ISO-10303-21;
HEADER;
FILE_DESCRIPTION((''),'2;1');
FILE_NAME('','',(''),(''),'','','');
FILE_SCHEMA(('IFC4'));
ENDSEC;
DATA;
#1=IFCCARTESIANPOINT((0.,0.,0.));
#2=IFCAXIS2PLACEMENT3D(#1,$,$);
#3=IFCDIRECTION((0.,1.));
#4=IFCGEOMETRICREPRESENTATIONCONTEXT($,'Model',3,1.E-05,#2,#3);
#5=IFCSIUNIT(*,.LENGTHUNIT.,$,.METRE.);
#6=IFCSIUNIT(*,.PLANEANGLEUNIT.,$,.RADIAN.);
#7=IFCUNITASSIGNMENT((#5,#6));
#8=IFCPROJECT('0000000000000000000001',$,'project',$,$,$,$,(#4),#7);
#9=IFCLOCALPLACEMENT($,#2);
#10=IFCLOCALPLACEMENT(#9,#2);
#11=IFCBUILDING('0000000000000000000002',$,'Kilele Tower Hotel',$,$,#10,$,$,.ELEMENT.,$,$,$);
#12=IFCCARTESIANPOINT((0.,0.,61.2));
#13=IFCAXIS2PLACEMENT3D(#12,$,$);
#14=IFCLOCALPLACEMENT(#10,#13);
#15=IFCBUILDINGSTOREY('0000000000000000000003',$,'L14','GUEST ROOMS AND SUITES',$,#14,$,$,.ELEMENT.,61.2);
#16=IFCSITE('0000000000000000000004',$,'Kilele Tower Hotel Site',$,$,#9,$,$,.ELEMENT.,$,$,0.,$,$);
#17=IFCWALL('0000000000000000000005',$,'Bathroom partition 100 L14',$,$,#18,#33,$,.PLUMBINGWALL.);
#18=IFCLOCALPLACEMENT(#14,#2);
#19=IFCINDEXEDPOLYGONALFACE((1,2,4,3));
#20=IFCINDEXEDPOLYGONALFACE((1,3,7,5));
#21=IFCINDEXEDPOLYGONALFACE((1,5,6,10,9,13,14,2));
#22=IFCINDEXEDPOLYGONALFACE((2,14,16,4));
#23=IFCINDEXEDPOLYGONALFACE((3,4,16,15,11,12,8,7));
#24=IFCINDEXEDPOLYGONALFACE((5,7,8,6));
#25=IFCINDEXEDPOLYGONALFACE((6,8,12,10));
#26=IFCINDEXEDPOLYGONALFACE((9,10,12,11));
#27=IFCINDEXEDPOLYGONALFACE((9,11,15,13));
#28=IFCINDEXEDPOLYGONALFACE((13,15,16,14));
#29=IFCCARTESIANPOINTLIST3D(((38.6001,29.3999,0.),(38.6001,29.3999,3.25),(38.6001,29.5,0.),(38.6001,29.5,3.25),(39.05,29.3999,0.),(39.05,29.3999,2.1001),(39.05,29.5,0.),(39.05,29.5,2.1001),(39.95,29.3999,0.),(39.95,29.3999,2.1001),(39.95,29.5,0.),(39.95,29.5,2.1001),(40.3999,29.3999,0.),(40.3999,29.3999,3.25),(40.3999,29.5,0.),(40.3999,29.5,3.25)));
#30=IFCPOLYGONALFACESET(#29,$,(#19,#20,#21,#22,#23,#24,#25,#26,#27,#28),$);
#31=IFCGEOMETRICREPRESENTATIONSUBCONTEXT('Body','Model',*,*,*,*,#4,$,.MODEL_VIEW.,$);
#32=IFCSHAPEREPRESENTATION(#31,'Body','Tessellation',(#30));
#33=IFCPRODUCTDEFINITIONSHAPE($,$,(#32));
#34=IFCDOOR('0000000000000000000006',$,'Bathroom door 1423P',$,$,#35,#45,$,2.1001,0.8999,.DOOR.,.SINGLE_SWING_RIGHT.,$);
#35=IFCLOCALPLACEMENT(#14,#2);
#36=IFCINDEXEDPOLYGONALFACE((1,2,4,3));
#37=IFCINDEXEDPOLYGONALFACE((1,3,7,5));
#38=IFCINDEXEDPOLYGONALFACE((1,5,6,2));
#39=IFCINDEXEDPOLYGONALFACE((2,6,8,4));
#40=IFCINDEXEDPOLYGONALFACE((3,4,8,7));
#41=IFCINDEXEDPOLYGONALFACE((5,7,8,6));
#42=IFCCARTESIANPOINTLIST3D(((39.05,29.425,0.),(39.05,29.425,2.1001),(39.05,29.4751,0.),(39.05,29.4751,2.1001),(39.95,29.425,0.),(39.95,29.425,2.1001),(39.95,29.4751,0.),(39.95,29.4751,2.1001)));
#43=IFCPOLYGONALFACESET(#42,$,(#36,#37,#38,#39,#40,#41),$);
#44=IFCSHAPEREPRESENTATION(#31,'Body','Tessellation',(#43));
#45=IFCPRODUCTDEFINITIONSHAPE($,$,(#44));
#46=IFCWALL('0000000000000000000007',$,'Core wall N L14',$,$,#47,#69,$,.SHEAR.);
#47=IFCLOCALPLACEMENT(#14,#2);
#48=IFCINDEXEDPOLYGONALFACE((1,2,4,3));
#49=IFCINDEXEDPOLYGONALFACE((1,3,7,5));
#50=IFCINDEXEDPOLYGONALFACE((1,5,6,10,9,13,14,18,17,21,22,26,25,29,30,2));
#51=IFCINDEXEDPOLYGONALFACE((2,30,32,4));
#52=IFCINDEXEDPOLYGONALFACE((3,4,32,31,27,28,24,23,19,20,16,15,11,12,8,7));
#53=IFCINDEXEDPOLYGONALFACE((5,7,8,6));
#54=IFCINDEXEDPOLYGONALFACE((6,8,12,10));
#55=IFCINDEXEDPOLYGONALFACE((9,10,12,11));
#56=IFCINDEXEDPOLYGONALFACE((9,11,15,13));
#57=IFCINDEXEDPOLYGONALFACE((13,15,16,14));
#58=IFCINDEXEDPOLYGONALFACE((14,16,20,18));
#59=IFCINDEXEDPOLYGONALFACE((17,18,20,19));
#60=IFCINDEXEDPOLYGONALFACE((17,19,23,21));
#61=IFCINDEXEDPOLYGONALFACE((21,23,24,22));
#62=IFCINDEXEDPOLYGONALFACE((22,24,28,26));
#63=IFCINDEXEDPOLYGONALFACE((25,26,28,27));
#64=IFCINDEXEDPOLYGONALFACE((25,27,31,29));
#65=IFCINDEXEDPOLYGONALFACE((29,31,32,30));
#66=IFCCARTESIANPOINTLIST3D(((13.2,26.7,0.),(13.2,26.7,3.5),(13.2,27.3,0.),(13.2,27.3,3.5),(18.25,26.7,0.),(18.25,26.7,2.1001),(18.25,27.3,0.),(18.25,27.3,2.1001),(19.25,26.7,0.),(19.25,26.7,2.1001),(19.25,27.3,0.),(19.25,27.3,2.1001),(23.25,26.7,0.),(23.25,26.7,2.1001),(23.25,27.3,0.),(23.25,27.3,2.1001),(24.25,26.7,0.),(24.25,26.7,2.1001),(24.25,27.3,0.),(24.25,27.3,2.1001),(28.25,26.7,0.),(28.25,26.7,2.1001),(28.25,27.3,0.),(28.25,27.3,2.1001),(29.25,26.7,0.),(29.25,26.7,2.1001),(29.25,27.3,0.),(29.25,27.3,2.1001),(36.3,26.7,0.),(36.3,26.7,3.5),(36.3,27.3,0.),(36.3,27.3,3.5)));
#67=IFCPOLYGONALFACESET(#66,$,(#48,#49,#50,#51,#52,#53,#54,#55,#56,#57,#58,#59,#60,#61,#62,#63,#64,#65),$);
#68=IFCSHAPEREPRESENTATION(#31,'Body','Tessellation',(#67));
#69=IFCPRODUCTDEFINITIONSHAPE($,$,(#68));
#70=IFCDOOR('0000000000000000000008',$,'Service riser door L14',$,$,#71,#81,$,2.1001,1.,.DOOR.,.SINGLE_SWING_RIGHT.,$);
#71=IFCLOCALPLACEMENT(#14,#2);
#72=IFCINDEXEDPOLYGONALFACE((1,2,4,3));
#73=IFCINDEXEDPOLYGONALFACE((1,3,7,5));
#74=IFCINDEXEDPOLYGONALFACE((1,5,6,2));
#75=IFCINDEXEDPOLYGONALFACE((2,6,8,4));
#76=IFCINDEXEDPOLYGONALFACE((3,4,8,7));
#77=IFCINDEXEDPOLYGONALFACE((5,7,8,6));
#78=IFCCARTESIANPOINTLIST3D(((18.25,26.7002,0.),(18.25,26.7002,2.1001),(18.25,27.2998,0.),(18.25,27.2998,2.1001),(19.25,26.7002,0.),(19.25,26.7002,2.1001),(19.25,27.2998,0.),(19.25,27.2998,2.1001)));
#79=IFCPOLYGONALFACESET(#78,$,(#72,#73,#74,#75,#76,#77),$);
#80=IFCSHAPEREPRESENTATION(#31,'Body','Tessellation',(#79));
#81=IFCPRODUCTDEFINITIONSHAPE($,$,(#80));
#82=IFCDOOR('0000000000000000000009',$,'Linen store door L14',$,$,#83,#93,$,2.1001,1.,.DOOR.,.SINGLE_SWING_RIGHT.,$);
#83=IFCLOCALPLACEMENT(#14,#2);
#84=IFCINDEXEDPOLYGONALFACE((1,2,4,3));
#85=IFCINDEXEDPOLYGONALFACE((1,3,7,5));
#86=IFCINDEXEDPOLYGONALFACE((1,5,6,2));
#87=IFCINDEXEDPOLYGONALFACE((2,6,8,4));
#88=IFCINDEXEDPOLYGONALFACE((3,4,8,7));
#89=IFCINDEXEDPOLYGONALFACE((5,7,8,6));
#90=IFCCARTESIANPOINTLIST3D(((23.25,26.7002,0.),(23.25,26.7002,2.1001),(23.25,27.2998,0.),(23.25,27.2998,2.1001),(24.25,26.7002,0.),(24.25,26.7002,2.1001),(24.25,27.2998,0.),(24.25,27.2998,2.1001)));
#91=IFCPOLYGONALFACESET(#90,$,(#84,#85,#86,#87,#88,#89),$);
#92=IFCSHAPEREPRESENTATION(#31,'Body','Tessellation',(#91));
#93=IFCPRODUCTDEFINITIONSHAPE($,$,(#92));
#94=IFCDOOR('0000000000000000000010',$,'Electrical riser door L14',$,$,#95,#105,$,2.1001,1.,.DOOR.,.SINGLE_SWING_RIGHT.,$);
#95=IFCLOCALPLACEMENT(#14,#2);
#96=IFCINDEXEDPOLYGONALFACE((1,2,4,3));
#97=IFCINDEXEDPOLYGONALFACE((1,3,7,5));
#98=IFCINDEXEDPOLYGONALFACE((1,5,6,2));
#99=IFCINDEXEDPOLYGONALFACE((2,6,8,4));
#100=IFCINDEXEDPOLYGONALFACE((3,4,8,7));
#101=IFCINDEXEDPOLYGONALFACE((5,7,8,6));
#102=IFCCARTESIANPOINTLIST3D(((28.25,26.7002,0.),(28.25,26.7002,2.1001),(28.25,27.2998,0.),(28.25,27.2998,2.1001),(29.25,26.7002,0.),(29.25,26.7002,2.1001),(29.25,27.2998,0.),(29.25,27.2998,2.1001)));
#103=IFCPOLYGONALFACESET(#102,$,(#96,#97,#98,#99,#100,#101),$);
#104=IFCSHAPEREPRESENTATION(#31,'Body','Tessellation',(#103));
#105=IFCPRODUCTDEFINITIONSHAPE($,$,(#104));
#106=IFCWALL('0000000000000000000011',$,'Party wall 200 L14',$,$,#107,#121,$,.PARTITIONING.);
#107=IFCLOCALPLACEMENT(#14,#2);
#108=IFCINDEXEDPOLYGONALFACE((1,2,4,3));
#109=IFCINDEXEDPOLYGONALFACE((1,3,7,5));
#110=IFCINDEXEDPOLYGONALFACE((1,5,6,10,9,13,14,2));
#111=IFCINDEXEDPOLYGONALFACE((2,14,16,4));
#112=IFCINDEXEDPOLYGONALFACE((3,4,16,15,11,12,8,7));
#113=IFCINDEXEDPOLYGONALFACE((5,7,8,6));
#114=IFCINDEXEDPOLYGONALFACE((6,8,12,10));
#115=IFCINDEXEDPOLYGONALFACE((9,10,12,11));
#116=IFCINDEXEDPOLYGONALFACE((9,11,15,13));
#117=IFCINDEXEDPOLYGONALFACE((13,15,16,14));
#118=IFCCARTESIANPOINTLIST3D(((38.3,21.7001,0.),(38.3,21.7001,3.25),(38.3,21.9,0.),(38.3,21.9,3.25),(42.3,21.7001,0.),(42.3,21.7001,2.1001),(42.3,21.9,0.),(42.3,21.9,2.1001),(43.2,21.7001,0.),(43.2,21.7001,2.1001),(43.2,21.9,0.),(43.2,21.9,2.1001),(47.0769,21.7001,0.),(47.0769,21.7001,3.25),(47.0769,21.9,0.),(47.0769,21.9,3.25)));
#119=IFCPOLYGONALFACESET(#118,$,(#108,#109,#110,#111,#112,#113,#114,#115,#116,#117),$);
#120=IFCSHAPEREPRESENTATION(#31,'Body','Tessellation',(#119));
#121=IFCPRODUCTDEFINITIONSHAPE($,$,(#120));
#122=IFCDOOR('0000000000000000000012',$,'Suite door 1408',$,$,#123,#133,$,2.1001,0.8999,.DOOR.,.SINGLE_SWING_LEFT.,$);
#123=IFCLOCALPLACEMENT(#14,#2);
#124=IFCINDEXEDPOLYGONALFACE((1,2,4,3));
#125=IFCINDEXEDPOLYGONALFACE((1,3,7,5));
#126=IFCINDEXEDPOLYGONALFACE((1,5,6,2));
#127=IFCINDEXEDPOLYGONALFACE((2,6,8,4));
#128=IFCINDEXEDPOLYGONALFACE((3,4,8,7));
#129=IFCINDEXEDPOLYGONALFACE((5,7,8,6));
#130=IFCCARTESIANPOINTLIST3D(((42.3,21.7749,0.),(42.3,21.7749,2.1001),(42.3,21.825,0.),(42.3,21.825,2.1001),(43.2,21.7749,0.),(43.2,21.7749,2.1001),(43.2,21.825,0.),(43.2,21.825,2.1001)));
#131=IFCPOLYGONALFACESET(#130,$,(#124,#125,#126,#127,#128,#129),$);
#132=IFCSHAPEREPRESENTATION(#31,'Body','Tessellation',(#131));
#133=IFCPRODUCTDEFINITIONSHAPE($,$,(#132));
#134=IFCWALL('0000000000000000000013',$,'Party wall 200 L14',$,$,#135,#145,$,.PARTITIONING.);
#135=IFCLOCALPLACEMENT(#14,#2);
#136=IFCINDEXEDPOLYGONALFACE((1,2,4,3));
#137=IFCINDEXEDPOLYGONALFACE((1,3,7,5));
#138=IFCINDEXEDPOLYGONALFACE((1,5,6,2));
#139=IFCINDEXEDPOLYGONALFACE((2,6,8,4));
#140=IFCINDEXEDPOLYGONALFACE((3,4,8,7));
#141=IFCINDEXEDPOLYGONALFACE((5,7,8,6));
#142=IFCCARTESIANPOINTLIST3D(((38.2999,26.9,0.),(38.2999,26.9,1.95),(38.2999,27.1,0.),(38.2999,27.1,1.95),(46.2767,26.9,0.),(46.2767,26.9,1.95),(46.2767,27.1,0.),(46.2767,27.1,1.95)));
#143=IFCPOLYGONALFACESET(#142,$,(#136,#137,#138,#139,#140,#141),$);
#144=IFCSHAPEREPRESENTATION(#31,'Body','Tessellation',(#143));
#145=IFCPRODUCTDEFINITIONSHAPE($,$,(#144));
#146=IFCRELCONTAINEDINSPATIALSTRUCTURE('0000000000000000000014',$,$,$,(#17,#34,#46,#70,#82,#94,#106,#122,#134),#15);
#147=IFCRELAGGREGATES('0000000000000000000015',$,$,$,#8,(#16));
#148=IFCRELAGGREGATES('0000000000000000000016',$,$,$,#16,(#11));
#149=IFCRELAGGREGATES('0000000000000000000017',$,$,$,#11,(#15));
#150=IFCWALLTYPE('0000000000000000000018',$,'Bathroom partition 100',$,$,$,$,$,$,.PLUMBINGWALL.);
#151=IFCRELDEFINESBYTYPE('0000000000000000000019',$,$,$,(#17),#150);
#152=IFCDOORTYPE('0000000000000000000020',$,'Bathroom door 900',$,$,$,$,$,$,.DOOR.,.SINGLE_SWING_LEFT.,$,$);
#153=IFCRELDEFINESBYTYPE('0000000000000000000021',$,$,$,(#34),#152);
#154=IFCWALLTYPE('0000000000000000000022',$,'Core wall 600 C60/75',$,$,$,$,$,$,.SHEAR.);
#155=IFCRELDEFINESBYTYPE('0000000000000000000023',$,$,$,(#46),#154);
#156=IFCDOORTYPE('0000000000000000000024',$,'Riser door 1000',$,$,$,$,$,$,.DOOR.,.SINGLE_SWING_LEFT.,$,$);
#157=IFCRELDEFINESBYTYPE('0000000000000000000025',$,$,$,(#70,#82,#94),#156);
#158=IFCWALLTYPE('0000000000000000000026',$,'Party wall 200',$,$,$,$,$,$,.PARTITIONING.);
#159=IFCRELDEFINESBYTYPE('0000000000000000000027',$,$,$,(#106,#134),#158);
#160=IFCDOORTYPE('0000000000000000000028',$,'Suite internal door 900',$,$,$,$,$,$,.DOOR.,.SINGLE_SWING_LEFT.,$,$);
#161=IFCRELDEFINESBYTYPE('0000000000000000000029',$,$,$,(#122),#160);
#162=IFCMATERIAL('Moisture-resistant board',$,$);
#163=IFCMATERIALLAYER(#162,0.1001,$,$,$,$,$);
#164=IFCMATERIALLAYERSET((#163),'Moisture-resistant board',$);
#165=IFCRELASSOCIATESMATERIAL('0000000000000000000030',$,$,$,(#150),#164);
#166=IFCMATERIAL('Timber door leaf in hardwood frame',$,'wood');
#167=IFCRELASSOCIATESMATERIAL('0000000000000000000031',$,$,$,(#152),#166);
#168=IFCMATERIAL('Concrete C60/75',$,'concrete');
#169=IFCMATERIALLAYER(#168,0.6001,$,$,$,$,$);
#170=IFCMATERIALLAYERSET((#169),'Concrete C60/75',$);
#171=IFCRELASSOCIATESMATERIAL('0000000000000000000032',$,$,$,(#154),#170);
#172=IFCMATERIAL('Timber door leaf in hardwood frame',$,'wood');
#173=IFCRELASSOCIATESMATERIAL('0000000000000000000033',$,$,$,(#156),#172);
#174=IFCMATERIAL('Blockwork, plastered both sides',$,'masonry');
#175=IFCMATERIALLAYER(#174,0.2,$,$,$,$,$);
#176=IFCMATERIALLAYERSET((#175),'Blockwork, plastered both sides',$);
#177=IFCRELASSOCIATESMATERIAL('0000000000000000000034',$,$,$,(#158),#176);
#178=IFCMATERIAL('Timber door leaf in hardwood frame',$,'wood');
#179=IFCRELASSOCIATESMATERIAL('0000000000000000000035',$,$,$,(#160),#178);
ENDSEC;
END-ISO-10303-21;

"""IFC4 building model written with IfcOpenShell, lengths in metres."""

from ifc_helpers import new_model, si_unit, direction, frame, frame_2d, origin, place, context, subcontext, project, spatial, rectangle, extrude, material, layer, layer_set, type_object, element, fill, save


model = new_model("IFC4")

# Units and contexts
model_context = context("Model", 3, precision=1e-05, world=origin(), true_north=direction((0.0, 1.0)))
body_context = subcontext(model_context, "Body", "Model", "MODEL_VIEW")
ifc_project = project(units=[si_unit("LENGTHUNIT", "METRE"), si_unit("PLANEANGLEUNIT", "RADIAN")], contexts=[model_context])

# Site, building, storey
site_placement = place(None, origin())
site = spatial("IfcSite", under=ifc_project, at=site_placement, Name="Kilele Tower Hotel Site", CompositionType="ELEMENT", RefElevation=0.0)
building_placement = place(site_placement, origin())
building = spatial("IfcBuilding", under=site, at=building_placement, Name="Kilele Tower Hotel", CompositionType="ELEMENT")
storey_placement = place(building_placement, frame((0.0, 0.0, 61.2)))
storey = spatial("IfcBuildingStorey", under=building, at=storey_placement, Name="L14", Description="GUEST ROOMS AND SUITES", CompositionType="ELEMENT", Elevation=61.2)

# Shared definitions
ifc_material_1 = material(Name="Moisture-resistant board")
ifc_layer_1 = layer(ifc_material_1, 0.1001)
ifc_layer_set_1 = layer_set([ifc_layer_1], Name="Moisture-resistant board")
wall_type_1 = type_object("IfcWallType", Name="Bathroom partition 100", PredefinedType="PLUMBINGWALL", material=ifc_layer_set_1)

# Shared definitions
ifc_material_2 = material(Name="Timber door leaf in hardwood frame", Category="wood")
door_type_1 = type_object("IfcDoorType", Name="Bathroom door 900", OperationType="SINGLE_SWING_LEFT", PredefinedType="DOOR", material=ifc_material_2)

# Wall, opening, door
wall_1_placement = place(storey_placement, frame((38.6001, 29.45, 0.0), z_axis=(0.0, 0.0, 1.0), x_axis=(1.0, 0.0, 0.0)))
wall_1 = element("IfcWall", 1, at=wall_1_placement, inside=storey, type_object=wall_type_1, Name="Bathroom partition 100 L14", PredefinedType="PLUMBINGWALL", context=body_context, shape_type="SweptSolid", body=[
    extrude(rectangle(XDim=1.7998, YDim=0.1001, at=frame_2d((0.8999, 0.0))), origin(), (0.0, 0.0, 1.0), 3.25),
])
opening_1_placement = place(wall_1_placement, frame((1.3499, 0.0, 0.0), z_axis=(0.0, 0.0, 1.0), x_axis=(-1.0, 0.0, 0.0)))
opening_1 = element("IfcOpeningElement", 2, at=opening_1_placement, cuts=wall_1, PredefinedType="OPENING", context=body_context, shape_type="SweptSolid", body=[
    extrude(rectangle(XDim=0.8999, YDim=2.1001, at=frame_2d((0.45, 1.05))), frame((0.0, 0.0601, 0.0), z_axis=(0.0, -1.0, 0.0), x_axis=(1.0, 0.0, 0.0)), (0.0, 0.0, 1.0), 0.1201),
])
door_1_placement = place(opening_1_placement, origin())
door_1 = element("IfcDoor", 3, at=door_1_placement, inside=storey, type_object=door_type_1, Name="Bathroom door 1423P", OperationType="SINGLE_SWING_RIGHT", OverallHeight=2.1001, OverallWidth=0.8999, PredefinedType="DOOR", context=body_context, shape_type="SweptSolid", body=[
    extrude(rectangle(XDim=0.8999, YDim=2.1001, at=frame_2d((0.45, 1.05))), frame((0.0, 0.0249, 0.0), z_axis=(0.0, -1.0, 0.0), x_axis=(1.0, 0.0, 0.0)), (0.0, 0.0, 1.0), 0.05),
])
fill(opening_1, door_1)

# Wall, openings, doors
ifc_material_3 = material(Name="Concrete C60/75", Category="concrete")
ifc_layer_2 = layer(ifc_material_3, 0.6001)
ifc_layer_set_2 = layer_set([ifc_layer_2], Name="Concrete C60/75")
wall_type_2 = type_object("IfcWallType", Name="Core wall 600 C60/75", PredefinedType="SHEAR", material=ifc_layer_set_2)
wall_2_placement = place(storey_placement, frame((36.3, 27.0, 0.0), z_axis=(0.0, 0.0, 1.0), x_axis=(-1.0, 0.0, 0.0)))
wall_2 = element("IfcWall", 4, at=wall_2_placement, inside=storey, type_object=wall_type_2, Name="Core wall N L14", PredefinedType="SHEAR", context=body_context, shape_type="SweptSolid", body=[
    extrude(rectangle(XDim=23.1001, YDim=0.6001, at=frame_2d((11.55, 0.0))), origin(), (0.0, 0.0, 1.0), 3.5),
])
opening_2_placement = place(wall_2_placement, frame((17.05, 0.0, 0.0)))
opening_2 = element("IfcOpeningElement", 5, at=opening_2_placement, cuts=wall_2, PredefinedType="OPENING", context=body_context, shape_type="SweptSolid", body=[
    extrude(rectangle(XDim=1.0, YDim=2.1001, at=frame_2d((0.5, 1.05))), frame((0.0, 0.3101, 0.0), z_axis=(0.0, -1.0, 0.0), x_axis=(1.0, 0.0, 0.0)), (0.0, 0.0, 1.0), 0.6201),
])
opening_3_placement = place(wall_2_placement, frame((12.05, 0.0, 0.0)))
opening_3 = element("IfcOpeningElement", 6, at=opening_3_placement, cuts=wall_2, PredefinedType="OPENING", context=body_context, shape_type="SweptSolid", body=[
    extrude(rectangle(XDim=1.0, YDim=2.1001, at=frame_2d((0.5, 1.05))), frame((0.0, 0.3101, 0.0), z_axis=(0.0, -1.0, 0.0), x_axis=(1.0, 0.0, 0.0)), (0.0, 0.0, 1.0), 0.6201),
])
opening_4_placement = place(wall_2_placement, frame((7.05, 0.0, 0.0)))
opening_4 = element("IfcOpeningElement", 7, at=opening_4_placement, cuts=wall_2, PredefinedType="OPENING", context=body_context, shape_type="SweptSolid", body=[
    extrude(rectangle(XDim=1.0, YDim=2.1001, at=frame_2d((0.5, 1.05))), frame((0.0, 0.3101, 0.0), z_axis=(0.0, -1.0, 0.0), x_axis=(1.0, 0.0, 0.0)), (0.0, 0.0, 1.0), 0.6201),
])
ifc_material_4 = material(Name="Timber door leaf in hardwood frame", Category="wood")
door_type_2 = type_object("IfcDoorType", Name="Riser door 1000", OperationType="SINGLE_SWING_LEFT", PredefinedType="DOOR", material=ifc_material_4)
door_2_placement = place(opening_2_placement, origin())
door_2 = element("IfcDoor", 8, at=door_2_placement, inside=storey, type_object=door_type_2, Name="Service riser door L14", OperationType="SINGLE_SWING_RIGHT", OverallHeight=2.1001, OverallWidth=1.0, PredefinedType="DOOR", context=body_context, shape_type="SweptSolid", body=[
    extrude(rectangle(XDim=1.0, YDim=2.1001, at=frame_2d((0.5, 1.05))), frame((0.0, 0.2998, 0.0), z_axis=(0.0, -1.0, 0.0), x_axis=(1.0, 0.0, 0.0)), (0.0, 0.0, 1.0), 0.5996),
])
fill(opening_2, door_2)
door_3_placement = place(opening_3_placement, origin())
door_3 = element("IfcDoor", 9, at=door_3_placement, inside=storey, type_object=door_type_2, Name="Linen store door L14", OperationType="SINGLE_SWING_RIGHT", OverallHeight=2.1001, OverallWidth=1.0, PredefinedType="DOOR", context=body_context, shape_type="SweptSolid", body=[
    extrude(rectangle(XDim=1.0, YDim=2.1001, at=frame_2d((0.5, 1.05))), frame((0.0, 0.2998, 0.0), z_axis=(0.0, -1.0, 0.0), x_axis=(1.0, 0.0, 0.0)), (0.0, 0.0, 1.0), 0.5996),
])
fill(opening_3, door_3)
door_4_placement = place(opening_4_placement, origin())
door_4 = element("IfcDoor", 10, at=door_4_placement, inside=storey, type_object=door_type_2, Name="Electrical riser door L14", OperationType="SINGLE_SWING_RIGHT", OverallHeight=2.1001, OverallWidth=1.0, PredefinedType="DOOR", context=body_context, shape_type="SweptSolid", body=[
    extrude(rectangle(XDim=1.0, YDim=2.1001, at=frame_2d((0.5, 1.05))), frame((0.0, 0.2998, 0.0), z_axis=(0.0, -1.0, 0.0), x_axis=(1.0, 0.0, 0.0)), (0.0, 0.0, 1.0), 0.5996),
])
fill(opening_4, door_4)

# Wall, opening, door
ifc_material_5 = material(Name="Blockwork, plastered both sides", Category="masonry")
ifc_layer_3 = layer(ifc_material_5, 0.2)
ifc_layer_set_3 = layer_set([ifc_layer_3], Name="Blockwork, plastered both sides")
wall_type_3 = type_object("IfcWallType", Name="Party wall 200", PredefinedType="PARTITIONING", material=ifc_layer_set_3)
wall_3_placement = place(storey_placement, frame((38.3, 21.8, 0.0), z_axis=(0.0, 0.0, 1.0), x_axis=(1.0, 0.0, 0.0)))
wall_3 = element("IfcWall", 11, at=wall_3_placement, inside=storey, type_object=wall_type_3, Name="Party wall 200 L14", PredefinedType="PARTITIONING", context=body_context, shape_type="SweptSolid", body=[
    extrude(rectangle(XDim=8.7769, YDim=0.2, at=frame_2d((4.3884, 0.0))), origin(), (0.0, 0.0, 1.0), 3.25),
])
opening_5_placement = place(wall_3_placement, frame((4.0, 0.0, 0.0)))
opening_5 = element("IfcOpeningElement", 12, at=opening_5_placement, cuts=wall_3, PredefinedType="OPENING", context=body_context, shape_type="SweptSolid", body=[
    extrude(rectangle(XDim=0.8999, YDim=2.1001, at=frame_2d((0.45, 1.05))), frame((0.0, 0.1099, 0.0), z_axis=(0.0, -1.0, 0.0), x_axis=(1.0, 0.0, 0.0)), (0.0, 0.0, 1.0), 0.22),
])
ifc_material_6 = material(Name="Timber door leaf in hardwood frame", Category="wood")
door_type_3 = type_object("IfcDoorType", Name="Suite internal door 900", OperationType="SINGLE_SWING_LEFT", PredefinedType="DOOR", material=ifc_material_6)
door_5_placement = place(opening_5_placement, origin())
door_5 = element("IfcDoor", 13, at=door_5_placement, inside=storey, type_object=door_type_3, Name="Suite door 1408", OperationType="SINGLE_SWING_LEFT", OverallHeight=2.1001, OverallWidth=0.8999, PredefinedType="DOOR", context=body_context, shape_type="SweptSolid", body=[
    extrude(rectangle(XDim=0.8999, YDim=2.1001, at=frame_2d((0.45, 1.05))), frame((0.0, 0.0249, 0.0), z_axis=(0.0, -1.0, 0.0), x_axis=(1.0, 0.0, 0.0)), (0.0, 0.0, 1.0), 0.05),
])
fill(opening_5, door_5)

# Wall
wall_4_placement = place(storey_placement, frame((38.3, 27.0, 0.0), z_axis=(0.0, 0.0, 1.0), x_axis=(1.0, 0.0, 0.0)))
element("IfcWall", 14, at=wall_4_placement, inside=storey, type_object=wall_type_3, Name="Party wall 200 L14", PredefinedType="PARTITIONING", context=body_context, shape_type="SweptSolid", body=[
    extrude(rectangle(XDim=7.9768, YDim=0.2, at=frame_2d((3.9883, 0.0))), origin(), (0.0, 0.0, 1.0), 1.95),
])

save(model, "model.ifc")
